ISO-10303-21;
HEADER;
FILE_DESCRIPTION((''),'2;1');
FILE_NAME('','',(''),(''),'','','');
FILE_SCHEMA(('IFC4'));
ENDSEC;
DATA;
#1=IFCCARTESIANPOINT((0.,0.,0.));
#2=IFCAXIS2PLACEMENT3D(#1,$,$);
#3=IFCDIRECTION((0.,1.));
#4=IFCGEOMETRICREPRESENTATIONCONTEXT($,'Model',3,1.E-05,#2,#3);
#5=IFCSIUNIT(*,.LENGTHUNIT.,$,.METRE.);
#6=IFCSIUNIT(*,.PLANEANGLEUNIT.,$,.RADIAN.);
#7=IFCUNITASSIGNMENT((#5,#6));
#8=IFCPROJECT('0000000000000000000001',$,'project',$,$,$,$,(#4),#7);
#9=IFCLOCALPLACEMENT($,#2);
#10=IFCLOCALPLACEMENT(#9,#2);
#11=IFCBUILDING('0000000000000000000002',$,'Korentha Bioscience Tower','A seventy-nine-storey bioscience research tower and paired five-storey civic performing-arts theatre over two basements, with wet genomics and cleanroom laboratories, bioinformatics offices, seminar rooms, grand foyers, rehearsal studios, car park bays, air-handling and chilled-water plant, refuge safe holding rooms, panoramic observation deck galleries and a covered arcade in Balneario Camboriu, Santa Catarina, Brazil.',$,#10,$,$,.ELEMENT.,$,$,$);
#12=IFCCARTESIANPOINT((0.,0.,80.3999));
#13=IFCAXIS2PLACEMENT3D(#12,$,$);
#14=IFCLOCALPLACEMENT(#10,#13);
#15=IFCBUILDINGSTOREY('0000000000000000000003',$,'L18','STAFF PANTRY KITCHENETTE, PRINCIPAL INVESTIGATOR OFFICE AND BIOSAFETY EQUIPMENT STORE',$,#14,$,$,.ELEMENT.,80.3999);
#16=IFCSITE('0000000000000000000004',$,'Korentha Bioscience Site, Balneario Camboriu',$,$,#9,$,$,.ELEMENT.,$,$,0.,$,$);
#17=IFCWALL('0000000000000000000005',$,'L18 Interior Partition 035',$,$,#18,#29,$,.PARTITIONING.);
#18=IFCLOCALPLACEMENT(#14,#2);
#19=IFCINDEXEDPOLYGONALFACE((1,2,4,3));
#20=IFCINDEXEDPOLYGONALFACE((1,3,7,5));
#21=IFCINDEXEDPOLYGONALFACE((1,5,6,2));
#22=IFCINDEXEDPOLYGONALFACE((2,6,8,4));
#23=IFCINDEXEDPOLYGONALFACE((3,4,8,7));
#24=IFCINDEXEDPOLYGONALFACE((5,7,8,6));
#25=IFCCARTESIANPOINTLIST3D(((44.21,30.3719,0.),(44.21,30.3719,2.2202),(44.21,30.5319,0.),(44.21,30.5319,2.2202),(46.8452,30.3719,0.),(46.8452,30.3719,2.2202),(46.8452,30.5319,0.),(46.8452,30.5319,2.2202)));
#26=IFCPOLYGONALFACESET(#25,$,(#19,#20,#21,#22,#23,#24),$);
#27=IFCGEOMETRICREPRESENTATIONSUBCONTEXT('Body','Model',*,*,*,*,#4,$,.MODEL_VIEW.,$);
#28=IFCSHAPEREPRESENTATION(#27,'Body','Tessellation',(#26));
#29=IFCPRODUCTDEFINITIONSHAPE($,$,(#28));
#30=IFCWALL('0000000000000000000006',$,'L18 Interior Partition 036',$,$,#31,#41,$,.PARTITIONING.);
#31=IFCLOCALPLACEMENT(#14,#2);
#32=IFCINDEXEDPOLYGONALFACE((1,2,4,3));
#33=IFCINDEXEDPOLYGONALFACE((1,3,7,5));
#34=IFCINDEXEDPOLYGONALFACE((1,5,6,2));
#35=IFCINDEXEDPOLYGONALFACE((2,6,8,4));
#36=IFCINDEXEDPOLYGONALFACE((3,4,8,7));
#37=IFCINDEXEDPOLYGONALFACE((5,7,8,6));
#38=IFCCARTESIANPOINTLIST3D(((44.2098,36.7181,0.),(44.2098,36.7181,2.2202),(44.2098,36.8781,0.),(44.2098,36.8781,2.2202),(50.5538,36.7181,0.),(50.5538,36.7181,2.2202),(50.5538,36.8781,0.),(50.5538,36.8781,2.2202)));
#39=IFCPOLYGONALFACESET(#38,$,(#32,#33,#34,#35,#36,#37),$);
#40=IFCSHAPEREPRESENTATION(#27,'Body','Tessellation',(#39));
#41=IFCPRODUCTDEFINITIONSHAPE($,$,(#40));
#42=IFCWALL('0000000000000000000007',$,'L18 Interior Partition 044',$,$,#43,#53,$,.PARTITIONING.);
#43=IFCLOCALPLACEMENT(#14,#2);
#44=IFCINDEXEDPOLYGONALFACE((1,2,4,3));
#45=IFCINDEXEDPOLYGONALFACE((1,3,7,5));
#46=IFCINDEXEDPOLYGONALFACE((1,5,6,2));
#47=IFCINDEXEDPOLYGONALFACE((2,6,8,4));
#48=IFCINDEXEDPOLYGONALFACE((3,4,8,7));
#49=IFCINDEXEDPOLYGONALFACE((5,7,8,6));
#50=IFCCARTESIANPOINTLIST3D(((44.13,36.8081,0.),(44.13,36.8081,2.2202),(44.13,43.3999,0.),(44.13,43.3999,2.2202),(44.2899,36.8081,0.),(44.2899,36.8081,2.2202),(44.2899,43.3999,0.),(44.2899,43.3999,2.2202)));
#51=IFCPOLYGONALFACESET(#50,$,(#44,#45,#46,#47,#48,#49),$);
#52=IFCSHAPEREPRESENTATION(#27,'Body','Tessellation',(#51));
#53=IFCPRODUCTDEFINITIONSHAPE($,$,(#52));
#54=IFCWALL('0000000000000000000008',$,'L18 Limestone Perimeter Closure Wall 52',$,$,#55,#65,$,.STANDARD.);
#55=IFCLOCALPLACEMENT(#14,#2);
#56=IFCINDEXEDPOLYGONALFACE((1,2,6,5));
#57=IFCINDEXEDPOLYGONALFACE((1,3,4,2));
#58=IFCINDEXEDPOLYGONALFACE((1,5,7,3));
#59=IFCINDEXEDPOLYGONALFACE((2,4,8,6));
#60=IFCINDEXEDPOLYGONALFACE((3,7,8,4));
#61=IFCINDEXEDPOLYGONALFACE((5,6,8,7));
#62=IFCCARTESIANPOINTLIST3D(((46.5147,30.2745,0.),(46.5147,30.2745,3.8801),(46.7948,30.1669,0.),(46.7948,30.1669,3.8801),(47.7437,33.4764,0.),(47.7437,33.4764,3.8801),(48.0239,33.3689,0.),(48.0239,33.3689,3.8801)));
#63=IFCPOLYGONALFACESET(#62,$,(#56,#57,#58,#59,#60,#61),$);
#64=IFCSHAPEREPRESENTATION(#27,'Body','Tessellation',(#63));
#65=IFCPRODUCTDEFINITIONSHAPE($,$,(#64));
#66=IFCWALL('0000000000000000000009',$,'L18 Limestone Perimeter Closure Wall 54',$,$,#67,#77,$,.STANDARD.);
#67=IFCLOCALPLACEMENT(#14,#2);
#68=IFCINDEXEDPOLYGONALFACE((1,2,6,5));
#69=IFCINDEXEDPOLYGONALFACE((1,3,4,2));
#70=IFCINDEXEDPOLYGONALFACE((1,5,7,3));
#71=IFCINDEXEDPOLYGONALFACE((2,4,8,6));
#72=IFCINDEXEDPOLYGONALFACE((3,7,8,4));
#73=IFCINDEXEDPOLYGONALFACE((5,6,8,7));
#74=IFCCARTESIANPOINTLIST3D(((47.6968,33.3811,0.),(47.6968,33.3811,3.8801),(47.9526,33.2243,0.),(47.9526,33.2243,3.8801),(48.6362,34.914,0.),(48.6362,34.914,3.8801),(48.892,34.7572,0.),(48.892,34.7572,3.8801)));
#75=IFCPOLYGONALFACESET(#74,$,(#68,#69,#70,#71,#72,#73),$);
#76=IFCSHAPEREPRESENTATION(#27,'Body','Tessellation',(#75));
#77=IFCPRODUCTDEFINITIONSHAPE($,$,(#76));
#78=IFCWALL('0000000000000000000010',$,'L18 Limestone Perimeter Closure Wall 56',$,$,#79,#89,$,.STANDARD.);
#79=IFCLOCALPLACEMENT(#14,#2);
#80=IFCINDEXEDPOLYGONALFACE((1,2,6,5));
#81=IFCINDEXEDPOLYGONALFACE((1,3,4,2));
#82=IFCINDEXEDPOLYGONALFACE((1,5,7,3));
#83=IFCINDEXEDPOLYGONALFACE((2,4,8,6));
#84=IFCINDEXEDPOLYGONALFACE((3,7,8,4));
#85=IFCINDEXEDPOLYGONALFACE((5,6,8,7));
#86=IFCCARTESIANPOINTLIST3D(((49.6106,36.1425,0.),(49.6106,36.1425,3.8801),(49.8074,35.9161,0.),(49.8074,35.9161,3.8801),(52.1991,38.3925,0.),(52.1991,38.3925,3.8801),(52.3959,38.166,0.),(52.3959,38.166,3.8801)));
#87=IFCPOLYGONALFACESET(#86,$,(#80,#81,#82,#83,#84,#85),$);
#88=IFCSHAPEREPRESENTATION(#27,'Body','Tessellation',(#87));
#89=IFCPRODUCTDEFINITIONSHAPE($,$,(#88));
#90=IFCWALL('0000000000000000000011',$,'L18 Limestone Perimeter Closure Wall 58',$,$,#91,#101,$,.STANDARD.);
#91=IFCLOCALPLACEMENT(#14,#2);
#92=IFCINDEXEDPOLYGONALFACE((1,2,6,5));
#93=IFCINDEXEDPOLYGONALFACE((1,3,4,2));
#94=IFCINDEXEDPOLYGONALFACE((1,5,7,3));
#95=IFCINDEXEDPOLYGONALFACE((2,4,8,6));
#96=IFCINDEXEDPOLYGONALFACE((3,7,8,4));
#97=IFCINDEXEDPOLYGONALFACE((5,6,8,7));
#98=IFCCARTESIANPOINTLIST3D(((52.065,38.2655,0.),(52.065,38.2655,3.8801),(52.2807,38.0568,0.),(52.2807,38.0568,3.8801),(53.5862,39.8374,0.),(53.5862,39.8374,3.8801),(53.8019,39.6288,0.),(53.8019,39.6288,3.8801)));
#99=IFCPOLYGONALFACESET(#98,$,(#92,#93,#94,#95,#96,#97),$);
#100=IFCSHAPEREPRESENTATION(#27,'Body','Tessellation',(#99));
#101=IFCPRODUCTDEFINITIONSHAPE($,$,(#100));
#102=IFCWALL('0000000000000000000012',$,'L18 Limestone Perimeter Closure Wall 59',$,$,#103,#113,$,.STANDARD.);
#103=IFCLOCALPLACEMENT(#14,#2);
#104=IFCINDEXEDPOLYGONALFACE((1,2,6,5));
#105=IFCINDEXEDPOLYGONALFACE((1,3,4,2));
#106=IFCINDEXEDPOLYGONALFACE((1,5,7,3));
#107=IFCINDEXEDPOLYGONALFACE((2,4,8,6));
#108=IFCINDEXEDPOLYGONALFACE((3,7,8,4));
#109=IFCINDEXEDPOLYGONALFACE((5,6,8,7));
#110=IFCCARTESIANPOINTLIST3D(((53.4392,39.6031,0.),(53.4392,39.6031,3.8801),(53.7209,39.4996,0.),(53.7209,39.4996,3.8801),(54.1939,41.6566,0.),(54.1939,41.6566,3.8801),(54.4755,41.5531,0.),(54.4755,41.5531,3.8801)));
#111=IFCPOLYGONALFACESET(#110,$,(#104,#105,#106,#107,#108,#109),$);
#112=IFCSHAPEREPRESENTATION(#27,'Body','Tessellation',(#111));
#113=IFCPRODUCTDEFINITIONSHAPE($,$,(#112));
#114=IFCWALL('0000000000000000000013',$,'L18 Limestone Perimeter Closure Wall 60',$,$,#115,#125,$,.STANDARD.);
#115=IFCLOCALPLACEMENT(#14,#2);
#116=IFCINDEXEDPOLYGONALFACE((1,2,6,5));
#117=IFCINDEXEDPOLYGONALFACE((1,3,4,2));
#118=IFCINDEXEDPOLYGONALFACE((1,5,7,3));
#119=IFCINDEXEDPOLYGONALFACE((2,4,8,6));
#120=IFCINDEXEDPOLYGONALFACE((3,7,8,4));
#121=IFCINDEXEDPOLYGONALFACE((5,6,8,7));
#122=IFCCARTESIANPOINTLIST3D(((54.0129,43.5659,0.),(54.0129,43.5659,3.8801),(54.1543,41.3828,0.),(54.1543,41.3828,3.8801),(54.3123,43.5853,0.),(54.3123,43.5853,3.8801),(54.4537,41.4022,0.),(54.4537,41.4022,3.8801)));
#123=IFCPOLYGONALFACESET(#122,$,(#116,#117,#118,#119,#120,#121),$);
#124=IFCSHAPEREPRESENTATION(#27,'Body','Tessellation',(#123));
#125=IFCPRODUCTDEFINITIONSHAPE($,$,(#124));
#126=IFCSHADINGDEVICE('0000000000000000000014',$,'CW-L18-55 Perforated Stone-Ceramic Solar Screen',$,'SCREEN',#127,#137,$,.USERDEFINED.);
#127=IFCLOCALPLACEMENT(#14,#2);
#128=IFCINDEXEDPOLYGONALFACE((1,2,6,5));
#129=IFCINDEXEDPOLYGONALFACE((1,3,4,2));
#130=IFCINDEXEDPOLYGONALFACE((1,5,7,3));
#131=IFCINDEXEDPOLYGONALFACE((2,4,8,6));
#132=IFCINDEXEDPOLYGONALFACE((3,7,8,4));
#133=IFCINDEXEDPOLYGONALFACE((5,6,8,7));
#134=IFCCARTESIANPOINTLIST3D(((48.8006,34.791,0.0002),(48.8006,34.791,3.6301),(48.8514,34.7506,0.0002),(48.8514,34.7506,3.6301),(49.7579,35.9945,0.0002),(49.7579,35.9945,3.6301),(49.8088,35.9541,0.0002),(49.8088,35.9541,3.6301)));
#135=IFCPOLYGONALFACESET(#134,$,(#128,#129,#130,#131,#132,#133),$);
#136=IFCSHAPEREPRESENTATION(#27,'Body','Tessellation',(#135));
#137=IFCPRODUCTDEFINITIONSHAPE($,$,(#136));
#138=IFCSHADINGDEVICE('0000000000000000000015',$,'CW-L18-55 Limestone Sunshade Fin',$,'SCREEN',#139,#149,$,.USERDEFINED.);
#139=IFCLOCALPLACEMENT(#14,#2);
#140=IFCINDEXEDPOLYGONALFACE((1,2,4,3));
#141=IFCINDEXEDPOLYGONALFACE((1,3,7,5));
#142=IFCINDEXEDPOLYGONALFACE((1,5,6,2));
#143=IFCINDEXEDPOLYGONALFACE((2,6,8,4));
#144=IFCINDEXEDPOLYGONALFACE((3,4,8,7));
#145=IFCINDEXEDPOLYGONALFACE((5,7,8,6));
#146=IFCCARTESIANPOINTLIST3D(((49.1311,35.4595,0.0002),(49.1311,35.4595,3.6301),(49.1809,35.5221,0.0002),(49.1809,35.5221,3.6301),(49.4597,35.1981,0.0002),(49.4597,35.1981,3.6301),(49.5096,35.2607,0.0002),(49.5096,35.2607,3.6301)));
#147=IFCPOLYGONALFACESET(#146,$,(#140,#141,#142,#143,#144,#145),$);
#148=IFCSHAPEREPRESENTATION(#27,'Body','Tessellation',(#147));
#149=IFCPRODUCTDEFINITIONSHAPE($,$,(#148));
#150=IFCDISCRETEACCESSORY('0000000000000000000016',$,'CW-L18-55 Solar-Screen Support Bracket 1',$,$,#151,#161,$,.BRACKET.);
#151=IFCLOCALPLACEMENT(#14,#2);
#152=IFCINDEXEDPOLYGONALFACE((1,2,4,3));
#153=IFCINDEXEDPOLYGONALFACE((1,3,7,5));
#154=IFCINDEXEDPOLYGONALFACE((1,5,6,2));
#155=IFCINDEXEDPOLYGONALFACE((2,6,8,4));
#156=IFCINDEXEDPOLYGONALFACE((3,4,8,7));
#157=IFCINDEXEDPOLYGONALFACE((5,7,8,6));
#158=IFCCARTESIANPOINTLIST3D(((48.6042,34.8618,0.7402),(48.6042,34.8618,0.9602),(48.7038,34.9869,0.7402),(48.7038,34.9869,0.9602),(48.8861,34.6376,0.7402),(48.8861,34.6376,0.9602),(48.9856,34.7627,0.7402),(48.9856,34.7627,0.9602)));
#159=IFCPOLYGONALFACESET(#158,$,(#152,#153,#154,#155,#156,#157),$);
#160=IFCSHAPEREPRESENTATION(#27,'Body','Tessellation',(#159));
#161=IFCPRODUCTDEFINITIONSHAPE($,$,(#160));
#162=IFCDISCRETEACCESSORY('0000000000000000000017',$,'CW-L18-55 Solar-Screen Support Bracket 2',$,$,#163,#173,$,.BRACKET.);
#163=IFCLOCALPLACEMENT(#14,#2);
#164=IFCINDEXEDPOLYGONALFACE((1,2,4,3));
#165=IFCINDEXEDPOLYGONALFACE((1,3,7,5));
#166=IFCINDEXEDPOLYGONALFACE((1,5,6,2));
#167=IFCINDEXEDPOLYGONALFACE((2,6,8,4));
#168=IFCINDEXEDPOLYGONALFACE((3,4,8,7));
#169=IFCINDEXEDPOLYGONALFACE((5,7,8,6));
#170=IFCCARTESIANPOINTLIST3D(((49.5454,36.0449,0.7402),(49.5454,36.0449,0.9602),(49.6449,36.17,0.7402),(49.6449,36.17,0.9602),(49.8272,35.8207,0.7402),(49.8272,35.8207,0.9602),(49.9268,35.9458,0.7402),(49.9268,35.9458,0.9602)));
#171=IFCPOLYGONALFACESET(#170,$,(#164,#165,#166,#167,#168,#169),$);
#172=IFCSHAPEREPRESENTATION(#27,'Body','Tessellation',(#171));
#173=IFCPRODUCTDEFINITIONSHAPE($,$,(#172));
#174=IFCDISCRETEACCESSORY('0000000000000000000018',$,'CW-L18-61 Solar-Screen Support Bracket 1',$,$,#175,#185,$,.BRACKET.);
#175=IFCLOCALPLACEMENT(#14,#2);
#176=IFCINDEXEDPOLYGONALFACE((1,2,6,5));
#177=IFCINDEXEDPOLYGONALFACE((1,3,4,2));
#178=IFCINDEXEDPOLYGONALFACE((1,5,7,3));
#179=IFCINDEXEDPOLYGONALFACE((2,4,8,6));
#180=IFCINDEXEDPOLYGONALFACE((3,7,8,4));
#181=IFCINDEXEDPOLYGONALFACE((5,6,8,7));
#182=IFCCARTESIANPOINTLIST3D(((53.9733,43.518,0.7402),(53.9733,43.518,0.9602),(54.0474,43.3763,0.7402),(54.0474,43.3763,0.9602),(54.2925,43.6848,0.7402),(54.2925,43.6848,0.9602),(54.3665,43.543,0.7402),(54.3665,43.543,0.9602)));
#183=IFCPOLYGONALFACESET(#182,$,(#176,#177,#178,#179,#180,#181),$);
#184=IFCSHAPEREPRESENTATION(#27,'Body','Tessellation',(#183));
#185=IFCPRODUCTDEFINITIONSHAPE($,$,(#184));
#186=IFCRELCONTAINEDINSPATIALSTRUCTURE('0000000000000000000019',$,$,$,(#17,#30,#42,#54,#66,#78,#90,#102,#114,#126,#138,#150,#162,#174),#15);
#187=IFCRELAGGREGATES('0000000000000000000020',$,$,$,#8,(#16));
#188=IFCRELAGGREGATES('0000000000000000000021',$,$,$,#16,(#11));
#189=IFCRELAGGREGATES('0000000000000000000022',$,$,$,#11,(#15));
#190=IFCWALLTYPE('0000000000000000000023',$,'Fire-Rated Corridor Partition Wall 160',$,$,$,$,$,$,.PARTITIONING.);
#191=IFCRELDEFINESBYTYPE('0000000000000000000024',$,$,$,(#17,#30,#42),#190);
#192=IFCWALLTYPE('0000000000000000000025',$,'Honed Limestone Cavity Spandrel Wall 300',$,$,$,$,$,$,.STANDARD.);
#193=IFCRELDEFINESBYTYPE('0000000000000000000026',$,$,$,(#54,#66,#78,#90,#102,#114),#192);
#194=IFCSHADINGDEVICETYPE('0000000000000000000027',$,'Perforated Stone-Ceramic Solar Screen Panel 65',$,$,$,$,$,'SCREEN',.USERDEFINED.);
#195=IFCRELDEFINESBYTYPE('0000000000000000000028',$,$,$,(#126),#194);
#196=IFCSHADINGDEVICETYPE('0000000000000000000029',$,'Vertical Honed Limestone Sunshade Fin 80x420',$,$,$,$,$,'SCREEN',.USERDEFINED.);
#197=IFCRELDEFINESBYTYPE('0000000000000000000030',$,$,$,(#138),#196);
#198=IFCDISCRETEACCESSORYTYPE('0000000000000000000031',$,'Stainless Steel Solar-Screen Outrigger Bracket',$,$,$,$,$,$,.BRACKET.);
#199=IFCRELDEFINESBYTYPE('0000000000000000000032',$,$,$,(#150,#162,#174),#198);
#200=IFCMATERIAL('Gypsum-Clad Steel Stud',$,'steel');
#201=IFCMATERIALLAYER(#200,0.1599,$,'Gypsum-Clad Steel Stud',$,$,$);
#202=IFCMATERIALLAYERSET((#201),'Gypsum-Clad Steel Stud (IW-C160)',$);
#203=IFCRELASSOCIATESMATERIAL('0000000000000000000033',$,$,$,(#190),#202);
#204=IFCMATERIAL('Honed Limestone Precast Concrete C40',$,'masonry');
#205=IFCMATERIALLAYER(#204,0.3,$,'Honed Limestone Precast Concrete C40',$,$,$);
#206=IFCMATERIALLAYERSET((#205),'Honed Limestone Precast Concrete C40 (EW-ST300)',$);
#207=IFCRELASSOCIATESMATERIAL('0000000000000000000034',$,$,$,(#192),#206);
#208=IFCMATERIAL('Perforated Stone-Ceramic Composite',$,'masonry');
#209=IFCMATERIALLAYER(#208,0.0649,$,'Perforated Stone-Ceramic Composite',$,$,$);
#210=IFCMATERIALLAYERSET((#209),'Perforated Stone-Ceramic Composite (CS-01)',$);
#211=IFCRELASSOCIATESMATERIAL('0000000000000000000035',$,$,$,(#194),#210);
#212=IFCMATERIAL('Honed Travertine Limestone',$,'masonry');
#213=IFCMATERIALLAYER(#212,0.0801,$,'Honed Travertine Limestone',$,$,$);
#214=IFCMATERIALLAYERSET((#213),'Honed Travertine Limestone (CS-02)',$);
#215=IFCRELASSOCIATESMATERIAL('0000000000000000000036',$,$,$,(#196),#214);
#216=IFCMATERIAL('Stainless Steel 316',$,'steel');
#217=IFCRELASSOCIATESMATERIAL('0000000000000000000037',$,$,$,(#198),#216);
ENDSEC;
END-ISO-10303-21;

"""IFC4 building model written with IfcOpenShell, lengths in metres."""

from ifc_helpers import new_model, si_unit, direction, frame, frame_2d, origin, origin_2d, place, context, subcontext, project, spatial, rectangle, extrude, material, layer, layer_set, type_object, element, save


model = new_model("IFC4")

# Units and contexts
model_context = context("Model", 3, precision=1e-05, world=origin(), true_north=direction((0.0, 1.0)))
body_context = subcontext(model_context, "Body", "Model", "MODEL_VIEW")
ifc_project = project(units=[si_unit("LENGTHUNIT", "METRE"), si_unit("PLANEANGLEUNIT", "RADIAN")], contexts=[model_context])

# Site, building, storey
site_placement = place(None, origin())
site = spatial("IfcSite", under=ifc_project, at=site_placement, Name="Korentha Bioscience Site, Balneario Camboriu", CompositionType="ELEMENT", RefElevation=0.0)
building_placement = place(site_placement, origin())
building = spatial("IfcBuilding", under=site, at=building_placement, Name="Korentha Bioscience Tower", Description="A seventy-nine-storey bioscience research tower and paired five-storey civic performing-arts theatre over two basements, with wet genomics and cleanroom laboratories, bioinformatics offices, seminar rooms, grand foyers, rehearsal studios, car park bays, air-handling and chilled-water plant, refuge safe holding rooms, panoramic observation deck galleries and a covered arcade in Balneario Camboriu, Santa Catarina, Brazil.", CompositionType="ELEMENT")
storey_placement = place(building_placement, frame((0.0, 0.0, 80.3999)))
storey = spatial("IfcBuildingStorey", under=building, at=storey_placement, Name="L18", Description="STAFF PANTRY KITCHENETTE, PRINCIPAL INVESTIGATOR OFFICE AND BIOSAFETY EQUIPMENT STORE", CompositionType="ELEMENT", Elevation=80.3999)

# Shared definitions
ifc_material_1 = material(Name="Gypsum-Clad Steel Stud", Category="steel")
ifc_layer_1 = layer(ifc_material_1, 0.1599, Name="Gypsum-Clad Steel Stud")
ifc_layer_set_1 = layer_set([ifc_layer_1], Name="Gypsum-Clad Steel Stud (IW-C160)")
wall_type_1 = type_object("IfcWallType", Name="Fire-Rated Corridor Partition Wall 160", PredefinedType="PARTITIONING", material=ifc_layer_set_1)

# Walls
wall_1_placement = place(storey_placement, frame((46.8452, 30.4519, 0.0), z_axis=(0.0, 0.0, 1.0), x_axis=(-1.0, 0.0, 0.0)))
element("IfcWall", 1, at=wall_1_placement, inside=storey, type_object=wall_type_1, Name="L18 Interior Partition 035", PredefinedType="PARTITIONING", context=body_context, shape_type="SweptSolid", body=[
    extrude(rectangle(XDim=2.6353, YDim=0.1599, at=frame_2d((1.3176, 0.0))), origin(), (0.0, 0.0, 1.0), 2.2202),
])
wall_2_placement = place(storey_placement, frame((44.21, 36.7981, 0.0), z_axis=(0.0, 0.0, 1.0), x_axis=(1.0, 0.0, 0.0)))
element("IfcWall", 2, at=wall_2_placement, inside=storey, type_object=wall_type_1, Name="L18 Interior Partition 036", PredefinedType="PARTITIONING", context=body_context, shape_type="SweptSolid", body=[
    extrude(rectangle(XDim=6.344, YDim=0.1599, at=frame_2d((3.1719, 0.0))), origin(), (0.0, 0.0, 1.0), 2.2202),
])
wall_3_placement = place(storey_placement, frame((44.21, 36.8081, 0.0), z_axis=(0.0, 0.0, 1.0), x_axis=(0.0, 1.0, 0.0)))
element("IfcWall", 3, at=wall_3_placement, inside=storey, type_object=wall_type_1, Name="L18 Interior Partition 044", PredefinedType="PARTITIONING", context=body_context, shape_type="SweptSolid", body=[
    extrude(rectangle(XDim=6.5918, YDim=0.1599, at=frame_2d((3.2959, 0.0))), origin(), (0.0, 0.0, 1.0), 2.2202),
])
ifc_material_2 = material(Name="Honed Limestone Precast Concrete C40", Category="masonry")
ifc_layer_2 = layer(ifc_material_2, 0.3, Name="Honed Limestone Precast Concrete C40")
ifc_layer_set_2 = layer_set([ifc_layer_2], Name="Honed Limestone Precast Concrete C40 (EW-ST300)")
wall_type_2 = type_object("IfcWallType", Name="Honed Limestone Cavity Spandrel Wall 300", PredefinedType="STANDARD", material=ifc_layer_set_2)
wall_4_placement = place(storey_placement, frame((46.6548, 30.2207, 0.0), z_axis=(0.0, 0.0, 1.0), x_axis=(0.358345, 0.933589, 0.0)))
element("IfcWall", 4, at=wall_4_placement, inside=storey, type_object=wall_type_2, Name="L18 Limestone Perimeter Closure Wall 52", PredefinedType="STANDARD", context=body_context, shape_type="SweptSolid", body=[
    extrude(rectangle(XDim=3.4297, YDim=0.3, at=frame_2d((1.7148, 0.0))), origin(), (0.0, 0.0, 1.0), 3.8801),
])
wall_5_placement = place(storey_placement, frame((47.8247, 33.3027, 0.0), z_axis=(0.0, 0.0, 1.0), x_axis=(0.522521, 0.852627, 0.0)))
element("IfcWall", 5, at=wall_5_placement, inside=storey, type_object=wall_type_2, Name="L18 Limestone Perimeter Closure Wall 54", PredefinedType="STANDARD", context=body_context, shape_type="SweptSolid", body=[
    extrude(rectangle(XDim=1.7979, YDim=0.3, at=frame_2d((0.8989, 0.0))), origin(), (0.0, 0.0, 1.0), 3.8801),
])
wall_6_placement = place(storey_placement, frame((49.709, 36.0293, 0.0), z_axis=(0.0, 0.0, 1.0), x_axis=(0.754746, 0.656017, 0.0)))
element("IfcWall", 6, at=wall_6_placement, inside=storey, type_object=wall_type_2, Name="L18 Limestone Perimeter Closure Wall 56", PredefinedType="STANDARD", context=body_context, shape_type="SweptSolid", body=[
    extrude(rectangle(XDim=3.4297, YDim=0.3, at=frame_2d((1.7148, 0.0))), origin(), (0.0, 0.0, 1.0), 3.8801),
])
wall_7_placement = place(storey_placement, frame((52.1729, 38.1611, 0.0), z_axis=(0.0, 0.0, 1.0), x_axis=(0.695405, 0.718618, 0.0)))
element("IfcWall", 7, at=wall_7_placement, inside=storey, type_object=wall_type_2, Name="L18 Limestone Perimeter Closure Wall 58", PredefinedType="STANDARD", context=body_context, shape_type="SweptSolid", body=[
    extrude(rectangle(XDim=2.1875, YDim=0.3, at=frame_2d((1.0938, 0.0))), origin(), (0.0, 0.0, 1.0), 3.8801),
])
for number, where, z_axis, x_axis, name in (
    (8, (53.5801, 39.5515, 0.0), (0.0, 0.0, 1.0), (0.34494, 0.938625, 0.0), "L18 Limestone Perimeter Closure Wall 59"),
    (9, (54.304, 41.3926, 0.0), (0.0, 0.0, 1.0), (-0.064615, 0.99791, 0.0), "L18 Limestone Perimeter Closure Wall 60"),
):
    element("IfcWall", number, at=place(storey_placement, frame(where, z_axis=z_axis, x_axis=x_axis)), inside=storey, type_object=wall_type_2, Name=name, PredefinedType="STANDARD", context=body_context, shape_type="SweptSolid", body=[
        extrude(rectangle(XDim=2.1877, YDim=0.3, at=frame_2d((1.0938, 0.0))), origin(), (0.0, 0.0, 1.0), 3.8801),
    ])

# Shading devices
ifc_material_3 = material(Name="Perforated Stone-Ceramic Composite", Category="masonry")
ifc_layer_3 = layer(ifc_material_3, 0.0649, Name="Perforated Stone-Ceramic Composite")
ifc_layer_set_3 = layer_set([ifc_layer_3], Name="Perforated Stone-Ceramic Composite (CS-01)")
shading_device_type_1 = type_object("IfcShadingDeviceType", Name="Perforated Stone-Ceramic Solar Screen Panel 65", ElementType="SCREEN", PredefinedType="USERDEFINED", material=ifc_layer_set_3)
shading_device_1_placement = place(storey_placement, frame((49.3047, 35.3726, 0.0002), z_axis=(0.0, 0.0, 1.0), x_axis=(0.62252, 0.782604, 0.0)))
element("IfcShadingDevice", 10, at=shading_device_1_placement, inside=storey, type_object=shading_device_type_1, Name="CW-L18-55 Perforated Stone-Ceramic Solar Screen", ObjectType="SCREEN", PredefinedType="USERDEFINED", context=body_context, shape_type="SweptSolid", body=[
    extrude(rectangle(XDim=1.5378, YDim=0.0649, at=origin_2d()), origin(), (0.0, 0.0, 1.0), 3.6299),
])
ifc_material_4 = material(Name="Honed Travertine Limestone", Category="masonry")
ifc_layer_4 = layer(ifc_material_4, 0.0801, Name="Honed Travertine Limestone")
ifc_layer_set_4 = layer_set([ifc_layer_4], Name="Honed Travertine Limestone (CS-02)")
shading_device_type_2 = type_object("IfcShadingDeviceType", Name="Vertical Honed Limestone Sunshade Fin 80x420", ElementType="SCREEN", PredefinedType="USERDEFINED", material=ifc_layer_set_4)
shading_device_2_placement = place(storey_placement, frame((49.3203, 35.3601, 0.0002), z_axis=(0.0, 0.0, 1.0), x_axis=(0.62252, 0.782604, 0.0)))
element("IfcShadingDevice", 11, at=shading_device_2_placement, inside=storey, type_object=shading_device_type_2, Name="CW-L18-55 Limestone Sunshade Fin", ObjectType="SCREEN", PredefinedType="USERDEFINED", context=body_context, shape_type="SweptSolid", body=[
    extrude(rectangle(XDim=0.0801, YDim=0.4199, at=origin_2d()), origin(), (0.0, 0.0, 1.0), 3.6299),
])

# Discrete accessories
ifc_material_5 = material(Name="Stainless Steel 316", Category="steel")
discrete_accessory_type = type_object("IfcDiscreteAccessoryType", Name="Stainless Steel Solar-Screen Outrigger Bracket", PredefinedType="BRACKET", material=ifc_material_5)
for number, where, z_axis, x_axis, name in (
    (12, (48.7949, 34.8123, 0.7402), (0.0, 0.0, 1.0), (0.62252, 0.782604, 0.0), "CW-L18-55 Solar-Screen Support Bracket 1"),
    (13, (49.7361, 35.9954, 0.7402), (0.0, 0.0, 1.0), (0.62252, 0.782604, 0.0), "CW-L18-55 Solar-Screen Support Bracket 2"),
    (14, (54.1699, 43.5305, 0.7402), (0.0, 0.0, 1.0), (-0.463009, 0.886354, 0.0), "CW-L18-61 Solar-Screen Support Bracket 1"),
):
    element("IfcDiscreteAccessory", number, at=place(storey_placement, frame(where, z_axis=z_axis, x_axis=x_axis)), inside=storey, type_object=discrete_accessory_type, Name=name, PredefinedType="BRACKET", context=body_context, shape_type="SweptSolid", body=[
        extrude(rectangle(XDim=0.1599, YDim=0.3601, at=origin_2d()), origin(), (0.0, 0.0, 1.0), 0.22),
    ])

save(model, "model.ifc")
